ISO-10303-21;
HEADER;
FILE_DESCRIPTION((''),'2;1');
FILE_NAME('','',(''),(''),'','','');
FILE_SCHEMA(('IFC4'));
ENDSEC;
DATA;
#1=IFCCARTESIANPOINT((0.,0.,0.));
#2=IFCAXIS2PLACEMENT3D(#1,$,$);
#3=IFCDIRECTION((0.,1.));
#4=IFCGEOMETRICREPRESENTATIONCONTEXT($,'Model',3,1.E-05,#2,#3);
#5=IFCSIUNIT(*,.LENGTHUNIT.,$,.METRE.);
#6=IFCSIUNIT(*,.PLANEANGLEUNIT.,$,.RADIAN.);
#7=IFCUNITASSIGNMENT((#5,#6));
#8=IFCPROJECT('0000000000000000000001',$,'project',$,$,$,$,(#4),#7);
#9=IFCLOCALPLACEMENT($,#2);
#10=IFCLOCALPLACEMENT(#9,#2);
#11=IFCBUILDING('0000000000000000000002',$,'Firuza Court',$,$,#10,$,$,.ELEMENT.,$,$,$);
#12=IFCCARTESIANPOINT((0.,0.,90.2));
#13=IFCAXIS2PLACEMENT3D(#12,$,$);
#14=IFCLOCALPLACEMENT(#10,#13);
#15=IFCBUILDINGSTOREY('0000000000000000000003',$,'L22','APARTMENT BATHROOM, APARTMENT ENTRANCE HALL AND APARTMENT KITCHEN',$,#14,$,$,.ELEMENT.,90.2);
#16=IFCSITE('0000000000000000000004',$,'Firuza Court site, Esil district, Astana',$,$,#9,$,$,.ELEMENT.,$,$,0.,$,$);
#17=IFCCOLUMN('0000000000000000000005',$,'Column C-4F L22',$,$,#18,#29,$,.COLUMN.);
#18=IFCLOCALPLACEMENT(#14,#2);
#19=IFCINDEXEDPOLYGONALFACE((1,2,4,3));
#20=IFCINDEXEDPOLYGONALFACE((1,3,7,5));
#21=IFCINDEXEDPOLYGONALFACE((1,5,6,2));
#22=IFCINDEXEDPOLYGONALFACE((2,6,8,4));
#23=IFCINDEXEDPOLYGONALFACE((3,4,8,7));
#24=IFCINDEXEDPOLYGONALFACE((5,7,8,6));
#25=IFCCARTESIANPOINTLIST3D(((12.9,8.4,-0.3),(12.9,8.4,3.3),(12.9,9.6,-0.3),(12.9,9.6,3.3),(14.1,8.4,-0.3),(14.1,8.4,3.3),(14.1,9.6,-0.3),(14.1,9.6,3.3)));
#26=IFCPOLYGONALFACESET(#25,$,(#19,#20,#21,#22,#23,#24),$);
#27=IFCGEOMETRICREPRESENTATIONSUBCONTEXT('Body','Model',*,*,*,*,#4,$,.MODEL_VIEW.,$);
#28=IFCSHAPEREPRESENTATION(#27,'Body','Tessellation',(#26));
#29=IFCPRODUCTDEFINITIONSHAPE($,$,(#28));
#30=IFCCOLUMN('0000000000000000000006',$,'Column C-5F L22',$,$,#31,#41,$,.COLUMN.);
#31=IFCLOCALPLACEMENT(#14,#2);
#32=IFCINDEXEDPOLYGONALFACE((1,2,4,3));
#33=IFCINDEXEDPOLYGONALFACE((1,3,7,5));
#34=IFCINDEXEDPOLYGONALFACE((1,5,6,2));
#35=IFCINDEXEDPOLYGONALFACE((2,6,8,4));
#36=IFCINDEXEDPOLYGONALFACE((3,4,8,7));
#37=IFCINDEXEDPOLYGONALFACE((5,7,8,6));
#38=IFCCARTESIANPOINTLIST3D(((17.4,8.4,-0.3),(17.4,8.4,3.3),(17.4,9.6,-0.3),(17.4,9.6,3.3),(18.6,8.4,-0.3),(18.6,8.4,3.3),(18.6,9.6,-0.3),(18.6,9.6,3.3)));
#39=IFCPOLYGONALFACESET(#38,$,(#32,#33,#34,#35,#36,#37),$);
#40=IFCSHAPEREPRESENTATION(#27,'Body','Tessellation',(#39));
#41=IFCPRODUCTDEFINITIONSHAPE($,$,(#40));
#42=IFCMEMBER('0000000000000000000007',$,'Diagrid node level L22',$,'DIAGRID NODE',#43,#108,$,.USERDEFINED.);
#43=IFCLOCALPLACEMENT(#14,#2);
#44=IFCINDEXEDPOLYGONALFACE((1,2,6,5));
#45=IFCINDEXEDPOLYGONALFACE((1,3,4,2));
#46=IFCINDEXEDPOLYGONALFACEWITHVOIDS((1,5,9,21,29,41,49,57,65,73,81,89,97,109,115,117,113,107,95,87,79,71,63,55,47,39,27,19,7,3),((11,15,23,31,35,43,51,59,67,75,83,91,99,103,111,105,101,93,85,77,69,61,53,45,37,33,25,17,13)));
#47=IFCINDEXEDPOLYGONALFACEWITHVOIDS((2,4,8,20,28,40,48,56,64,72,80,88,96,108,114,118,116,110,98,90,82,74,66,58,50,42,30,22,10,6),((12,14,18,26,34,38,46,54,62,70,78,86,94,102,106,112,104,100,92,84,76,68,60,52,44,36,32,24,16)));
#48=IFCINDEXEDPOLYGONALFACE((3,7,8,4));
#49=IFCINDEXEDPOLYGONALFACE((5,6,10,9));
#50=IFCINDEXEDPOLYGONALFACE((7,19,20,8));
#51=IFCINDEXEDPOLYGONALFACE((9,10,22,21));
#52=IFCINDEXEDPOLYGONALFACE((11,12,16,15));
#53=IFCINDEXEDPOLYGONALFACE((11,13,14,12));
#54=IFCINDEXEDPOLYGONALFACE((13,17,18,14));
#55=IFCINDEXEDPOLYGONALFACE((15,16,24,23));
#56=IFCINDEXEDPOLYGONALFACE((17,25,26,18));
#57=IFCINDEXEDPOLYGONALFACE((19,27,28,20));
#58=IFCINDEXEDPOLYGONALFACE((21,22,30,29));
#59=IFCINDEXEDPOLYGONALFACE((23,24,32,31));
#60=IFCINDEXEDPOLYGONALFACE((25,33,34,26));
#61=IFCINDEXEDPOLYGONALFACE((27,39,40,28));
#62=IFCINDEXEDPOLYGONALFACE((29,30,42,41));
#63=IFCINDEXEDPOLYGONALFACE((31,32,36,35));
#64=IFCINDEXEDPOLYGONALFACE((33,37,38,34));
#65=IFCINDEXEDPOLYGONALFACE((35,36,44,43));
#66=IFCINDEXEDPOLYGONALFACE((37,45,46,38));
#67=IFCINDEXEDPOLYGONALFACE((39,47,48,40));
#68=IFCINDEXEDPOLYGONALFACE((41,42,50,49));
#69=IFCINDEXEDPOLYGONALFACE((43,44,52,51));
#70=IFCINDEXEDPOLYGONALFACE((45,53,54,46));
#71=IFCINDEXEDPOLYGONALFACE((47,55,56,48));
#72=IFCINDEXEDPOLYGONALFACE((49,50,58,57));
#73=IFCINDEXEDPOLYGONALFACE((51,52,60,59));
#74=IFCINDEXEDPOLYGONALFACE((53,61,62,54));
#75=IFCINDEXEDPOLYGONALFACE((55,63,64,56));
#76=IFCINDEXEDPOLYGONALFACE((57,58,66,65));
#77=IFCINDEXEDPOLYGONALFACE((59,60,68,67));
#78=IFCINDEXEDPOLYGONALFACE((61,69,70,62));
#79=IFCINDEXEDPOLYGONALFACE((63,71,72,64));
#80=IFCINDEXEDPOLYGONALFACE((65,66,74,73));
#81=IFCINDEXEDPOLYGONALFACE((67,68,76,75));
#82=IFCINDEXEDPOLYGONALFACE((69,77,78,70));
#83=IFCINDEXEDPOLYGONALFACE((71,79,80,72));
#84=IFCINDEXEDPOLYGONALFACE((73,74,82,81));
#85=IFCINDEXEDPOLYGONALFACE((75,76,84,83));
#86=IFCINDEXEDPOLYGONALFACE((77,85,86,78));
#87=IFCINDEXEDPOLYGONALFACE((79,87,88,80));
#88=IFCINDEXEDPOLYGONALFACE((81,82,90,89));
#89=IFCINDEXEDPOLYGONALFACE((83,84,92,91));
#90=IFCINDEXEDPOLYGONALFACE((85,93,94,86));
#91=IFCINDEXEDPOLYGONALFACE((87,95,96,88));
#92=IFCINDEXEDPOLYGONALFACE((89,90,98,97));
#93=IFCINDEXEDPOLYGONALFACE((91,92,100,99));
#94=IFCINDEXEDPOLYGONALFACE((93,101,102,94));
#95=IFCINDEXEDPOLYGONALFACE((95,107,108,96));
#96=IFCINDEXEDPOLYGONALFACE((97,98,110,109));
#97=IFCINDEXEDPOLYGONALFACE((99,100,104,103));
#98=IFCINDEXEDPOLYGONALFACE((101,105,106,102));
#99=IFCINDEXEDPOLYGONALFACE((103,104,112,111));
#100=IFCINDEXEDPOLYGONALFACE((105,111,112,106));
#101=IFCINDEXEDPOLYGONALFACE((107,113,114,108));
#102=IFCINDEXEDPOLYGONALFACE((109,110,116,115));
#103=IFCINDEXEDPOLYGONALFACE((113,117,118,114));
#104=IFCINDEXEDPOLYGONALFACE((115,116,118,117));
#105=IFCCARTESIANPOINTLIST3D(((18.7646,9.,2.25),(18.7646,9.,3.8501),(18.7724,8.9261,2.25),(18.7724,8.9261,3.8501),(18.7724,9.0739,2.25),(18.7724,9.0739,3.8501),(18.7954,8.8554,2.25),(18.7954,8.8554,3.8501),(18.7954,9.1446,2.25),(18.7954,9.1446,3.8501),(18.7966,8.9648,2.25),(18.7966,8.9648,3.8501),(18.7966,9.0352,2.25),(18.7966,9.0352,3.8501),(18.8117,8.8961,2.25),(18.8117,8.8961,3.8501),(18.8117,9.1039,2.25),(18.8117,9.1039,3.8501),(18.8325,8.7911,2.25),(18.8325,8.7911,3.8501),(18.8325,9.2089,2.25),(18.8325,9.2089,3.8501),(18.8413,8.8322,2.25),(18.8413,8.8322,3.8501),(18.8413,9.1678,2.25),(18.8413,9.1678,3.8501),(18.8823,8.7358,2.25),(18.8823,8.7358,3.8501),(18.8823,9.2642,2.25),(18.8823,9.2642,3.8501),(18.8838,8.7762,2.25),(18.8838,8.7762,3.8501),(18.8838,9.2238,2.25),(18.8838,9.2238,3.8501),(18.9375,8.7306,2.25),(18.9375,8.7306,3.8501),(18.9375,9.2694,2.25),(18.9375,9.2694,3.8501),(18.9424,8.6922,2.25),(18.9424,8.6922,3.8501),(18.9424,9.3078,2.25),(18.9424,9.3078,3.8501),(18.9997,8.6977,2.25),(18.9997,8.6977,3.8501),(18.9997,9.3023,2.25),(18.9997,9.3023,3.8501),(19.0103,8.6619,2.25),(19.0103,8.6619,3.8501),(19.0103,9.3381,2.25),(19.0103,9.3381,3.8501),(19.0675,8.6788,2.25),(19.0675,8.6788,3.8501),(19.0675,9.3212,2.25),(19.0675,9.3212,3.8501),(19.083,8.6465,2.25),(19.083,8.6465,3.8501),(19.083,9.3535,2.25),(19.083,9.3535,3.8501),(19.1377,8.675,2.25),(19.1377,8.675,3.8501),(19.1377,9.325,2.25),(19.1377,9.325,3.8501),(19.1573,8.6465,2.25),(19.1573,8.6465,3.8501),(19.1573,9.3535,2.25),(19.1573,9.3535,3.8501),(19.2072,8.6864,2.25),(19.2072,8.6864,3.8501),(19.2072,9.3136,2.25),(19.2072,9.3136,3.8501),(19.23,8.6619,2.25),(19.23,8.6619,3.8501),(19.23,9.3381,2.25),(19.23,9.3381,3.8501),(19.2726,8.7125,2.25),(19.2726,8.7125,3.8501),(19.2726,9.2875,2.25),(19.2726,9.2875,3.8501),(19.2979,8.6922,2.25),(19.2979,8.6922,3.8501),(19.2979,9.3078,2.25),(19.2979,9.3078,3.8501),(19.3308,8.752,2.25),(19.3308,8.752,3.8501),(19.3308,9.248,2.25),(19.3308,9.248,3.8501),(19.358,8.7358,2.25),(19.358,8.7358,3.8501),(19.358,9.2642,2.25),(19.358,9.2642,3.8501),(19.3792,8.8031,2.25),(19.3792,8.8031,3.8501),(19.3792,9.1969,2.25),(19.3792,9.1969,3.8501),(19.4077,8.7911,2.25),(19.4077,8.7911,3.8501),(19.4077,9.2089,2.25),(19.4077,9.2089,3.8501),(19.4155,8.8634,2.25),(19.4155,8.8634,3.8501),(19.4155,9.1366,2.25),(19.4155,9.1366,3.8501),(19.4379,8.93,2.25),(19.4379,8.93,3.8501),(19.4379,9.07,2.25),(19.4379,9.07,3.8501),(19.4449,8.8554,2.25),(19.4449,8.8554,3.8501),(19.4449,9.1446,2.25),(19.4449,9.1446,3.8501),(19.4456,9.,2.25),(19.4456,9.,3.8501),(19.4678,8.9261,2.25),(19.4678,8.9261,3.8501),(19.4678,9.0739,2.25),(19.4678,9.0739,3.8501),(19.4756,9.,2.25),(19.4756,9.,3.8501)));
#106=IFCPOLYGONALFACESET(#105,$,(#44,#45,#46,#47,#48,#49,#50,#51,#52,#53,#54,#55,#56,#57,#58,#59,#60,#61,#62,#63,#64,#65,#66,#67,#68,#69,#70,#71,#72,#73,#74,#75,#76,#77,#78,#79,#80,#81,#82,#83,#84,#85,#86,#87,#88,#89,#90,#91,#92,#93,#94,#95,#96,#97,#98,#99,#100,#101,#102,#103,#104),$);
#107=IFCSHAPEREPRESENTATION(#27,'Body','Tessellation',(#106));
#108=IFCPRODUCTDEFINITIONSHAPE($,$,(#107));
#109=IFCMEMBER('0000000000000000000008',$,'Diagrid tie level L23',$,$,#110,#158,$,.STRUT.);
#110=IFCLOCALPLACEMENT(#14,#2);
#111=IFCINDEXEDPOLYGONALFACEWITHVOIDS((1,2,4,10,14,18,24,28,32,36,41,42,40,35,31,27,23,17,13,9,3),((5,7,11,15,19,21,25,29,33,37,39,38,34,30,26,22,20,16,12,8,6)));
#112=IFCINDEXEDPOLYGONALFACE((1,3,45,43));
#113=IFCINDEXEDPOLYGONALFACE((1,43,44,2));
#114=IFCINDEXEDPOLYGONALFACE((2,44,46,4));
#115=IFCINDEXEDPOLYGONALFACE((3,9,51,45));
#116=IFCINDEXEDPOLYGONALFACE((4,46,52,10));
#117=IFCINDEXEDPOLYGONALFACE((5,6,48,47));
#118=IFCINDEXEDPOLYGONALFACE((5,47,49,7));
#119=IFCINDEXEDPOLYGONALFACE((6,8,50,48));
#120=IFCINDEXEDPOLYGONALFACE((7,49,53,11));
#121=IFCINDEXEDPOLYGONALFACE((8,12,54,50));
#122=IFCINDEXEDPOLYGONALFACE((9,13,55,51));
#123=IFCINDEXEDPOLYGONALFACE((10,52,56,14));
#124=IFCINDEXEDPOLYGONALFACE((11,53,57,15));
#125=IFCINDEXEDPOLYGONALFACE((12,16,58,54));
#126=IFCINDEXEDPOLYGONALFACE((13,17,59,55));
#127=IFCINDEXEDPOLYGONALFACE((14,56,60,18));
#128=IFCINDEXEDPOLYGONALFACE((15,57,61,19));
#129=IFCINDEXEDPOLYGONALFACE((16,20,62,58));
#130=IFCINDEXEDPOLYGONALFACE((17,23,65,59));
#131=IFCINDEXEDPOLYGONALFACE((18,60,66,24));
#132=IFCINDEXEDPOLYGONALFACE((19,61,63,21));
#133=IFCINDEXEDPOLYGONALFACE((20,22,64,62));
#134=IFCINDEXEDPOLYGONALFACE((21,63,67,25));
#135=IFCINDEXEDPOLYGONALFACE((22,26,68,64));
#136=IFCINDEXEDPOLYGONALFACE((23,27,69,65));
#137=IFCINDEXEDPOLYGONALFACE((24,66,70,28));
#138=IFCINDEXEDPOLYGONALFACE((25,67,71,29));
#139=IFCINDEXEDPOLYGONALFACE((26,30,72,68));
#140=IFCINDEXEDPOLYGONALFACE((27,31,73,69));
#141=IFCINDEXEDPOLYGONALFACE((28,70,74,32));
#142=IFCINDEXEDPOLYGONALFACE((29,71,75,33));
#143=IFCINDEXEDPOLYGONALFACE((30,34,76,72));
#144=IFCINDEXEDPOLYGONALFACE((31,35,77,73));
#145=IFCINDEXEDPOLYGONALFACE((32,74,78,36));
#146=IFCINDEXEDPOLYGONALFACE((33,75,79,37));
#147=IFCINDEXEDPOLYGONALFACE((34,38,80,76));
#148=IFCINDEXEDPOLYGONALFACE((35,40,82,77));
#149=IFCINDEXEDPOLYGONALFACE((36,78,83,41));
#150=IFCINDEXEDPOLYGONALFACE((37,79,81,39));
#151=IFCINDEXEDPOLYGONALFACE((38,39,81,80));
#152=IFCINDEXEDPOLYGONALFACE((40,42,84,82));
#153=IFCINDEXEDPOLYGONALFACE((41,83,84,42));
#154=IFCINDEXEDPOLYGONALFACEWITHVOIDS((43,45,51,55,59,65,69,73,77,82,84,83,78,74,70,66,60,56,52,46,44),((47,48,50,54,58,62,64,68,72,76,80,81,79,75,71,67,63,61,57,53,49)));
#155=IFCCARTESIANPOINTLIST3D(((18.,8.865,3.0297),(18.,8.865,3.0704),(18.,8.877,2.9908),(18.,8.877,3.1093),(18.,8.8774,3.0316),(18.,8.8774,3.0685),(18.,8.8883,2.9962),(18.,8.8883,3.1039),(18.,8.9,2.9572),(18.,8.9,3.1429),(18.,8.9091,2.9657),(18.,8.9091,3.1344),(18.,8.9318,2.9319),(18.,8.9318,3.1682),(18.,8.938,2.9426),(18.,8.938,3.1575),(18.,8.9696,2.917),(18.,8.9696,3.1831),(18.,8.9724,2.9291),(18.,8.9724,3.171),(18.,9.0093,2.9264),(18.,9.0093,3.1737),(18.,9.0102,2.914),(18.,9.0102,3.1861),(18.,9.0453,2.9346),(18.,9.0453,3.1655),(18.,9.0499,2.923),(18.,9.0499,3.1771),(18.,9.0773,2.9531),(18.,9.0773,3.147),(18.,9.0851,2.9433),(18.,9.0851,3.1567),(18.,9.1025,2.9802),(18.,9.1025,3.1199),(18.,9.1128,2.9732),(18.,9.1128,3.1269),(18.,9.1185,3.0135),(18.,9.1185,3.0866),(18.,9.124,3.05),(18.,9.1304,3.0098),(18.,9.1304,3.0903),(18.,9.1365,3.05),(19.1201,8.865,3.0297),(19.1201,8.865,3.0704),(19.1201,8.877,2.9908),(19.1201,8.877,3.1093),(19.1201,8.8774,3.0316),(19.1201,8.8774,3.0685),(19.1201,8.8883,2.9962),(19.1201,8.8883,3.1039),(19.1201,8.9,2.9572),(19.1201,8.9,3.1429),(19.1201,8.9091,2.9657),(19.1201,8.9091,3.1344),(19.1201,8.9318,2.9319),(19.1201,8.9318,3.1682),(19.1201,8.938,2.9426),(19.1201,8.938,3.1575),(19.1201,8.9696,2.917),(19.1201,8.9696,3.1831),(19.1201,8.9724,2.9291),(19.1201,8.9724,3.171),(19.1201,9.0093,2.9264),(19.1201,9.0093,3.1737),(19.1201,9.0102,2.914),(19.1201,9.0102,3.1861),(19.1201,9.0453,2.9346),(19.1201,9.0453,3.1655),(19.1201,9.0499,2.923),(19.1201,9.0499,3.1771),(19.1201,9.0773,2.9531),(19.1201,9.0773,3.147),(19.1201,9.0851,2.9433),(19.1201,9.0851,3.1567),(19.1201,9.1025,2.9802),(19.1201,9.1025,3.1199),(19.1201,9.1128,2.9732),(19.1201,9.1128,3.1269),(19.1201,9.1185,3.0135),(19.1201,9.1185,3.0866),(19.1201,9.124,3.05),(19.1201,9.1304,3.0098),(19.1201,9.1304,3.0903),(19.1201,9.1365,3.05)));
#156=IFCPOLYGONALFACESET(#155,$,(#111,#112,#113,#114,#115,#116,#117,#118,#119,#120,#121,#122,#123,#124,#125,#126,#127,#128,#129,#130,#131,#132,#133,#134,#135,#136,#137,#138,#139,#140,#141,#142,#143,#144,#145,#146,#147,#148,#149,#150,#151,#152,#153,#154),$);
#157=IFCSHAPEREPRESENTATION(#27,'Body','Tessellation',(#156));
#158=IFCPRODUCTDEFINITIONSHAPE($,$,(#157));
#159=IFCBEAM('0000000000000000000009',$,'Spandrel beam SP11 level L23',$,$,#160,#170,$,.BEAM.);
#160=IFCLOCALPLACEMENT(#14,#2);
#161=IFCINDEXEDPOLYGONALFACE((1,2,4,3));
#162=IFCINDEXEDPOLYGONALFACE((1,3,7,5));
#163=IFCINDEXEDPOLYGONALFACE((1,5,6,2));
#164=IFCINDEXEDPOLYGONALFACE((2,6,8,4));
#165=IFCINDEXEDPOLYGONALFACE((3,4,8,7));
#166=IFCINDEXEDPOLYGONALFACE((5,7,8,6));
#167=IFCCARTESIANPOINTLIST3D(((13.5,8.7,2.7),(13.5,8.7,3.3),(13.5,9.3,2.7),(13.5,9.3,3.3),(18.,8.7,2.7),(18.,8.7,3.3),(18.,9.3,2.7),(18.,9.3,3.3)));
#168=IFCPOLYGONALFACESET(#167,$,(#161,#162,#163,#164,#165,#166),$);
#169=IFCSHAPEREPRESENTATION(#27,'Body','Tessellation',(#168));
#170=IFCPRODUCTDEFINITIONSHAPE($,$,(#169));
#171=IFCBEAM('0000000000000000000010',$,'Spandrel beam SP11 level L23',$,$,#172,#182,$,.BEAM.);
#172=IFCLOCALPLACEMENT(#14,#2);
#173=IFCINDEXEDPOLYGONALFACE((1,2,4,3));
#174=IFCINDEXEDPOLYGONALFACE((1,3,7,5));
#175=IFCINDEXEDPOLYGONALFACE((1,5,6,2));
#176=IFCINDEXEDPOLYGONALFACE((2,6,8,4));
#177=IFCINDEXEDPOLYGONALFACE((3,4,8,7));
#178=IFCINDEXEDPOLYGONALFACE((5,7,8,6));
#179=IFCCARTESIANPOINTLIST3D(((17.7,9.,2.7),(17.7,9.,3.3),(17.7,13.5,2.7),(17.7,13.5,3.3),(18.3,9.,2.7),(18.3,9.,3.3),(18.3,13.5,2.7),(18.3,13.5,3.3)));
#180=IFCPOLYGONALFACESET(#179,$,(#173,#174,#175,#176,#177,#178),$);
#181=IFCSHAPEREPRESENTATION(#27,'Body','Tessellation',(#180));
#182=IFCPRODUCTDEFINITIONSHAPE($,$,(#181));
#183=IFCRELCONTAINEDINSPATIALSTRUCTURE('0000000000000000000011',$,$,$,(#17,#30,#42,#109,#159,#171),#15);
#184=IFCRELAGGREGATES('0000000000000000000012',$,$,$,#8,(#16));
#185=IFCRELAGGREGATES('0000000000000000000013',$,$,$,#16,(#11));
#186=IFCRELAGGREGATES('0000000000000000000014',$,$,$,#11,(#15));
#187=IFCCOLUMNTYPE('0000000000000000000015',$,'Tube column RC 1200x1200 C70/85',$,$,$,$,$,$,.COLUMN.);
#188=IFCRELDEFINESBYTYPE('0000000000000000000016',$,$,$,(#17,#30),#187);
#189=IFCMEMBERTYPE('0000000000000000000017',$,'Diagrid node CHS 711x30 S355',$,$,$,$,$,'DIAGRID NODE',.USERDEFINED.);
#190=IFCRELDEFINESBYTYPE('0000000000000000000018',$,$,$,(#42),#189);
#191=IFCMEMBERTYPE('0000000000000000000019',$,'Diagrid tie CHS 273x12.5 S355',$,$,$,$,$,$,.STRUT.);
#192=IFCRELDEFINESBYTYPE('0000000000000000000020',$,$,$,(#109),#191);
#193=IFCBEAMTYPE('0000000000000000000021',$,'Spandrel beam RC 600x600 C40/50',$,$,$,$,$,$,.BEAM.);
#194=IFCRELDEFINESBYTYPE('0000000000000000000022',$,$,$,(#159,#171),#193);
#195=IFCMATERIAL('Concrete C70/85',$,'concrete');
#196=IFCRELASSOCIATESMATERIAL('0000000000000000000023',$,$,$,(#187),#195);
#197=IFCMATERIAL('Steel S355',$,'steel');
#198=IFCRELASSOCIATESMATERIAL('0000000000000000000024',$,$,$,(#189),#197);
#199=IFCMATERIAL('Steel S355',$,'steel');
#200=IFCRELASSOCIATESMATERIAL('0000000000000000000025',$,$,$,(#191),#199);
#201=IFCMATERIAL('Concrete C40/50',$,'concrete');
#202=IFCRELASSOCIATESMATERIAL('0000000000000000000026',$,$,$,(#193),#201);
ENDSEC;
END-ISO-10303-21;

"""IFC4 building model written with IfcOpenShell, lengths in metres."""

from ifc_helpers import new_model, si_unit, direction, frame, origin, origin_2d, place, context, subcontext, project, spatial, rectangle, hollow_circle, extrude, material, material_profile, profile_set, type_object, element, save


model = new_model("IFC4")

# Units and contexts
model_context = context("Model", 3, precision=1e-05, world=origin(), true_north=direction((0.0, 1.0)))
body_context = subcontext(model_context, "Body", "Model", "MODEL_VIEW")
ifc_project = project(units=[si_unit("LENGTHUNIT", "METRE"), si_unit("PLANEANGLEUNIT", "RADIAN")], contexts=[model_context])

# Site, building, storey
site_placement = place(None, origin())
site = spatial("IfcSite", under=ifc_project, at=site_placement, Name="Firuza Court site, Esil district, Astana", CompositionType="ELEMENT", RefElevation=0.0)
building_placement = place(site_placement, origin())
building = spatial("IfcBuilding", under=site, at=building_placement, Name="Firuza Court", CompositionType="ELEMENT")
storey_placement = place(building_placement, frame((0.0, 0.0, 90.2)))
storey = spatial("IfcBuildingStorey", under=building, at=storey_placement, Name="L22", Description="APARTMENT BATHROOM, APARTMENT ENTRANCE HALL AND APARTMENT KITCHEN", CompositionType="ELEMENT", Elevation=90.2)

# Columns
ifc_material_1 = material(Name="Concrete C70/85", Category="concrete")
ifc_material_profile_1 = material_profile(ifc_material_1, rectangle(XDim=1.2, YDim=1.2, at=origin_2d()), Name="RC 1200x1200")
ifc_profile_set_1 = profile_set([ifc_material_profile_1], Name="Concrete C70/85")
column_type = type_object("IfcColumnType", Name="Tube column RC 1200x1200 C70/85", PredefinedType="COLUMN", material=ifc_profile_set_1)
for number, where, z_axis, x_axis, name in (
    (1, (13.5, 9.0, -0.3), (0.0, 0.0, 1.0), (1.0, 0.0, 0.0), "Column C-4F L22"),
    (2, (18.0, 9.0, -0.3), (0.0, 0.0, 1.0), (1.0, 0.0, 0.0), "Column C-5F L22"),
):
    element("IfcColumn", number, at=place(storey_placement, frame(where, z_axis=z_axis, x_axis=x_axis)), inside=storey, type_object=column_type, Name=name, PredefinedType="COLUMN", context=body_context, shape_type="SweptSolid", body=[
        extrude(rectangle(XDim=1.2, YDim=1.2, at=origin_2d()), origin(), (0.0, 0.0, 1.0), 3.6001),
    ])

# Members
ifc_material_2 = material(Name="Steel S355", Category="steel")
ifc_material_profile_2 = material_profile(ifc_material_2, hollow_circle(Radius=0.3555, WallThickness=0.03, at=origin_2d()), Name="CHS 711x30")
ifc_profile_set_2 = profile_set([ifc_material_profile_2], Name="Steel S355")
member_type_1 = type_object("IfcMemberType", Name="Diagrid node CHS 711x30 S355", ElementType="DIAGRID NODE", PredefinedType="USERDEFINED", material=ifc_profile_set_2)
member_1_placement = place(storey_placement, frame((19.1201, 9.0, 2.25), z_axis=(0.0, 0.0, 1.0), x_axis=(1.0, 0.0, 0.0)))
element("IfcMember", 3, at=member_1_placement, inside=storey, type_object=member_type_1, Name="Diagrid node level L22", ObjectType="DIAGRID NODE", PredefinedType="USERDEFINED", context=body_context, shape_type="SweptSolid", body=[
    extrude(hollow_circle(Radius=0.3555, WallThickness=0.03, at=origin_2d()), origin(), (0.0, 0.0, 1.0), 1.6001),
])
ifc_material_3 = material(Name="Steel S355", Category="steel")
ifc_material_profile_3 = material_profile(ifc_material_3, hollow_circle(Radius=0.1365, WallThickness=0.0125, at=origin_2d()), Name="CHS 273x12.5")
ifc_profile_set_3 = profile_set([ifc_material_profile_3], Name="Steel S355")
member_type_2 = type_object("IfcMemberType", Name="Diagrid tie CHS 273x12.5 S355", PredefinedType="STRUT", material=ifc_profile_set_3)
member_2_placement = place(storey_placement, frame((18.0, 9.0, 3.05), z_axis=(1.0, 0.0, 0.0), x_axis=(0.0, 1.0, 0.0)))
element("IfcMember", 4, at=member_2_placement, inside=storey, type_object=member_type_2, Name="Diagrid tie level L23", PredefinedType="STRUT", context=body_context, shape_type="SweptSolid", body=[
    extrude(hollow_circle(Radius=0.1365, WallThickness=0.0125, at=origin_2d()), origin(), (0.0, 0.0, 1.0), 1.1201),
])

# Beams
ifc_material_4 = material(Name="Concrete C40/50", Category="concrete")
ifc_material_profile_4 = material_profile(ifc_material_4, rectangle(XDim=0.6001, YDim=0.6001, at=origin_2d()), Name="RC 600x600")
ifc_profile_set_4 = profile_set([ifc_material_profile_4], Name="Concrete C40/50")
beam_type = type_object("IfcBeamType", Name="Spandrel beam RC 600x600 C40/50", PredefinedType="BEAM", material=ifc_profile_set_4)
for number, where, z_axis, x_axis, name in (
    (5, (13.5, 9.0, 3.0), (1.0, 0.0, 0.0), (0.0, 1.0, 0.0), "Spandrel beam SP11 level L23"),
    (6, (18.0, 9.0, 3.0), (0.0, 1.0, 0.0), (-1.0, 0.0, 0.0), "Spandrel beam SP11 level L23"),
):
    element("IfcBeam", number, at=place(storey_placement, frame(where, z_axis=z_axis, x_axis=x_axis)), inside=storey, type_object=beam_type, Name=name, PredefinedType="BEAM", context=body_context, shape_type="SweptSolid", body=[
        extrude(rectangle(XDim=0.6001, YDim=0.6001, at=origin_2d()), origin(), (0.0, 0.0, 1.0), 4.5),
    ])

save(model, "model.ifc")
